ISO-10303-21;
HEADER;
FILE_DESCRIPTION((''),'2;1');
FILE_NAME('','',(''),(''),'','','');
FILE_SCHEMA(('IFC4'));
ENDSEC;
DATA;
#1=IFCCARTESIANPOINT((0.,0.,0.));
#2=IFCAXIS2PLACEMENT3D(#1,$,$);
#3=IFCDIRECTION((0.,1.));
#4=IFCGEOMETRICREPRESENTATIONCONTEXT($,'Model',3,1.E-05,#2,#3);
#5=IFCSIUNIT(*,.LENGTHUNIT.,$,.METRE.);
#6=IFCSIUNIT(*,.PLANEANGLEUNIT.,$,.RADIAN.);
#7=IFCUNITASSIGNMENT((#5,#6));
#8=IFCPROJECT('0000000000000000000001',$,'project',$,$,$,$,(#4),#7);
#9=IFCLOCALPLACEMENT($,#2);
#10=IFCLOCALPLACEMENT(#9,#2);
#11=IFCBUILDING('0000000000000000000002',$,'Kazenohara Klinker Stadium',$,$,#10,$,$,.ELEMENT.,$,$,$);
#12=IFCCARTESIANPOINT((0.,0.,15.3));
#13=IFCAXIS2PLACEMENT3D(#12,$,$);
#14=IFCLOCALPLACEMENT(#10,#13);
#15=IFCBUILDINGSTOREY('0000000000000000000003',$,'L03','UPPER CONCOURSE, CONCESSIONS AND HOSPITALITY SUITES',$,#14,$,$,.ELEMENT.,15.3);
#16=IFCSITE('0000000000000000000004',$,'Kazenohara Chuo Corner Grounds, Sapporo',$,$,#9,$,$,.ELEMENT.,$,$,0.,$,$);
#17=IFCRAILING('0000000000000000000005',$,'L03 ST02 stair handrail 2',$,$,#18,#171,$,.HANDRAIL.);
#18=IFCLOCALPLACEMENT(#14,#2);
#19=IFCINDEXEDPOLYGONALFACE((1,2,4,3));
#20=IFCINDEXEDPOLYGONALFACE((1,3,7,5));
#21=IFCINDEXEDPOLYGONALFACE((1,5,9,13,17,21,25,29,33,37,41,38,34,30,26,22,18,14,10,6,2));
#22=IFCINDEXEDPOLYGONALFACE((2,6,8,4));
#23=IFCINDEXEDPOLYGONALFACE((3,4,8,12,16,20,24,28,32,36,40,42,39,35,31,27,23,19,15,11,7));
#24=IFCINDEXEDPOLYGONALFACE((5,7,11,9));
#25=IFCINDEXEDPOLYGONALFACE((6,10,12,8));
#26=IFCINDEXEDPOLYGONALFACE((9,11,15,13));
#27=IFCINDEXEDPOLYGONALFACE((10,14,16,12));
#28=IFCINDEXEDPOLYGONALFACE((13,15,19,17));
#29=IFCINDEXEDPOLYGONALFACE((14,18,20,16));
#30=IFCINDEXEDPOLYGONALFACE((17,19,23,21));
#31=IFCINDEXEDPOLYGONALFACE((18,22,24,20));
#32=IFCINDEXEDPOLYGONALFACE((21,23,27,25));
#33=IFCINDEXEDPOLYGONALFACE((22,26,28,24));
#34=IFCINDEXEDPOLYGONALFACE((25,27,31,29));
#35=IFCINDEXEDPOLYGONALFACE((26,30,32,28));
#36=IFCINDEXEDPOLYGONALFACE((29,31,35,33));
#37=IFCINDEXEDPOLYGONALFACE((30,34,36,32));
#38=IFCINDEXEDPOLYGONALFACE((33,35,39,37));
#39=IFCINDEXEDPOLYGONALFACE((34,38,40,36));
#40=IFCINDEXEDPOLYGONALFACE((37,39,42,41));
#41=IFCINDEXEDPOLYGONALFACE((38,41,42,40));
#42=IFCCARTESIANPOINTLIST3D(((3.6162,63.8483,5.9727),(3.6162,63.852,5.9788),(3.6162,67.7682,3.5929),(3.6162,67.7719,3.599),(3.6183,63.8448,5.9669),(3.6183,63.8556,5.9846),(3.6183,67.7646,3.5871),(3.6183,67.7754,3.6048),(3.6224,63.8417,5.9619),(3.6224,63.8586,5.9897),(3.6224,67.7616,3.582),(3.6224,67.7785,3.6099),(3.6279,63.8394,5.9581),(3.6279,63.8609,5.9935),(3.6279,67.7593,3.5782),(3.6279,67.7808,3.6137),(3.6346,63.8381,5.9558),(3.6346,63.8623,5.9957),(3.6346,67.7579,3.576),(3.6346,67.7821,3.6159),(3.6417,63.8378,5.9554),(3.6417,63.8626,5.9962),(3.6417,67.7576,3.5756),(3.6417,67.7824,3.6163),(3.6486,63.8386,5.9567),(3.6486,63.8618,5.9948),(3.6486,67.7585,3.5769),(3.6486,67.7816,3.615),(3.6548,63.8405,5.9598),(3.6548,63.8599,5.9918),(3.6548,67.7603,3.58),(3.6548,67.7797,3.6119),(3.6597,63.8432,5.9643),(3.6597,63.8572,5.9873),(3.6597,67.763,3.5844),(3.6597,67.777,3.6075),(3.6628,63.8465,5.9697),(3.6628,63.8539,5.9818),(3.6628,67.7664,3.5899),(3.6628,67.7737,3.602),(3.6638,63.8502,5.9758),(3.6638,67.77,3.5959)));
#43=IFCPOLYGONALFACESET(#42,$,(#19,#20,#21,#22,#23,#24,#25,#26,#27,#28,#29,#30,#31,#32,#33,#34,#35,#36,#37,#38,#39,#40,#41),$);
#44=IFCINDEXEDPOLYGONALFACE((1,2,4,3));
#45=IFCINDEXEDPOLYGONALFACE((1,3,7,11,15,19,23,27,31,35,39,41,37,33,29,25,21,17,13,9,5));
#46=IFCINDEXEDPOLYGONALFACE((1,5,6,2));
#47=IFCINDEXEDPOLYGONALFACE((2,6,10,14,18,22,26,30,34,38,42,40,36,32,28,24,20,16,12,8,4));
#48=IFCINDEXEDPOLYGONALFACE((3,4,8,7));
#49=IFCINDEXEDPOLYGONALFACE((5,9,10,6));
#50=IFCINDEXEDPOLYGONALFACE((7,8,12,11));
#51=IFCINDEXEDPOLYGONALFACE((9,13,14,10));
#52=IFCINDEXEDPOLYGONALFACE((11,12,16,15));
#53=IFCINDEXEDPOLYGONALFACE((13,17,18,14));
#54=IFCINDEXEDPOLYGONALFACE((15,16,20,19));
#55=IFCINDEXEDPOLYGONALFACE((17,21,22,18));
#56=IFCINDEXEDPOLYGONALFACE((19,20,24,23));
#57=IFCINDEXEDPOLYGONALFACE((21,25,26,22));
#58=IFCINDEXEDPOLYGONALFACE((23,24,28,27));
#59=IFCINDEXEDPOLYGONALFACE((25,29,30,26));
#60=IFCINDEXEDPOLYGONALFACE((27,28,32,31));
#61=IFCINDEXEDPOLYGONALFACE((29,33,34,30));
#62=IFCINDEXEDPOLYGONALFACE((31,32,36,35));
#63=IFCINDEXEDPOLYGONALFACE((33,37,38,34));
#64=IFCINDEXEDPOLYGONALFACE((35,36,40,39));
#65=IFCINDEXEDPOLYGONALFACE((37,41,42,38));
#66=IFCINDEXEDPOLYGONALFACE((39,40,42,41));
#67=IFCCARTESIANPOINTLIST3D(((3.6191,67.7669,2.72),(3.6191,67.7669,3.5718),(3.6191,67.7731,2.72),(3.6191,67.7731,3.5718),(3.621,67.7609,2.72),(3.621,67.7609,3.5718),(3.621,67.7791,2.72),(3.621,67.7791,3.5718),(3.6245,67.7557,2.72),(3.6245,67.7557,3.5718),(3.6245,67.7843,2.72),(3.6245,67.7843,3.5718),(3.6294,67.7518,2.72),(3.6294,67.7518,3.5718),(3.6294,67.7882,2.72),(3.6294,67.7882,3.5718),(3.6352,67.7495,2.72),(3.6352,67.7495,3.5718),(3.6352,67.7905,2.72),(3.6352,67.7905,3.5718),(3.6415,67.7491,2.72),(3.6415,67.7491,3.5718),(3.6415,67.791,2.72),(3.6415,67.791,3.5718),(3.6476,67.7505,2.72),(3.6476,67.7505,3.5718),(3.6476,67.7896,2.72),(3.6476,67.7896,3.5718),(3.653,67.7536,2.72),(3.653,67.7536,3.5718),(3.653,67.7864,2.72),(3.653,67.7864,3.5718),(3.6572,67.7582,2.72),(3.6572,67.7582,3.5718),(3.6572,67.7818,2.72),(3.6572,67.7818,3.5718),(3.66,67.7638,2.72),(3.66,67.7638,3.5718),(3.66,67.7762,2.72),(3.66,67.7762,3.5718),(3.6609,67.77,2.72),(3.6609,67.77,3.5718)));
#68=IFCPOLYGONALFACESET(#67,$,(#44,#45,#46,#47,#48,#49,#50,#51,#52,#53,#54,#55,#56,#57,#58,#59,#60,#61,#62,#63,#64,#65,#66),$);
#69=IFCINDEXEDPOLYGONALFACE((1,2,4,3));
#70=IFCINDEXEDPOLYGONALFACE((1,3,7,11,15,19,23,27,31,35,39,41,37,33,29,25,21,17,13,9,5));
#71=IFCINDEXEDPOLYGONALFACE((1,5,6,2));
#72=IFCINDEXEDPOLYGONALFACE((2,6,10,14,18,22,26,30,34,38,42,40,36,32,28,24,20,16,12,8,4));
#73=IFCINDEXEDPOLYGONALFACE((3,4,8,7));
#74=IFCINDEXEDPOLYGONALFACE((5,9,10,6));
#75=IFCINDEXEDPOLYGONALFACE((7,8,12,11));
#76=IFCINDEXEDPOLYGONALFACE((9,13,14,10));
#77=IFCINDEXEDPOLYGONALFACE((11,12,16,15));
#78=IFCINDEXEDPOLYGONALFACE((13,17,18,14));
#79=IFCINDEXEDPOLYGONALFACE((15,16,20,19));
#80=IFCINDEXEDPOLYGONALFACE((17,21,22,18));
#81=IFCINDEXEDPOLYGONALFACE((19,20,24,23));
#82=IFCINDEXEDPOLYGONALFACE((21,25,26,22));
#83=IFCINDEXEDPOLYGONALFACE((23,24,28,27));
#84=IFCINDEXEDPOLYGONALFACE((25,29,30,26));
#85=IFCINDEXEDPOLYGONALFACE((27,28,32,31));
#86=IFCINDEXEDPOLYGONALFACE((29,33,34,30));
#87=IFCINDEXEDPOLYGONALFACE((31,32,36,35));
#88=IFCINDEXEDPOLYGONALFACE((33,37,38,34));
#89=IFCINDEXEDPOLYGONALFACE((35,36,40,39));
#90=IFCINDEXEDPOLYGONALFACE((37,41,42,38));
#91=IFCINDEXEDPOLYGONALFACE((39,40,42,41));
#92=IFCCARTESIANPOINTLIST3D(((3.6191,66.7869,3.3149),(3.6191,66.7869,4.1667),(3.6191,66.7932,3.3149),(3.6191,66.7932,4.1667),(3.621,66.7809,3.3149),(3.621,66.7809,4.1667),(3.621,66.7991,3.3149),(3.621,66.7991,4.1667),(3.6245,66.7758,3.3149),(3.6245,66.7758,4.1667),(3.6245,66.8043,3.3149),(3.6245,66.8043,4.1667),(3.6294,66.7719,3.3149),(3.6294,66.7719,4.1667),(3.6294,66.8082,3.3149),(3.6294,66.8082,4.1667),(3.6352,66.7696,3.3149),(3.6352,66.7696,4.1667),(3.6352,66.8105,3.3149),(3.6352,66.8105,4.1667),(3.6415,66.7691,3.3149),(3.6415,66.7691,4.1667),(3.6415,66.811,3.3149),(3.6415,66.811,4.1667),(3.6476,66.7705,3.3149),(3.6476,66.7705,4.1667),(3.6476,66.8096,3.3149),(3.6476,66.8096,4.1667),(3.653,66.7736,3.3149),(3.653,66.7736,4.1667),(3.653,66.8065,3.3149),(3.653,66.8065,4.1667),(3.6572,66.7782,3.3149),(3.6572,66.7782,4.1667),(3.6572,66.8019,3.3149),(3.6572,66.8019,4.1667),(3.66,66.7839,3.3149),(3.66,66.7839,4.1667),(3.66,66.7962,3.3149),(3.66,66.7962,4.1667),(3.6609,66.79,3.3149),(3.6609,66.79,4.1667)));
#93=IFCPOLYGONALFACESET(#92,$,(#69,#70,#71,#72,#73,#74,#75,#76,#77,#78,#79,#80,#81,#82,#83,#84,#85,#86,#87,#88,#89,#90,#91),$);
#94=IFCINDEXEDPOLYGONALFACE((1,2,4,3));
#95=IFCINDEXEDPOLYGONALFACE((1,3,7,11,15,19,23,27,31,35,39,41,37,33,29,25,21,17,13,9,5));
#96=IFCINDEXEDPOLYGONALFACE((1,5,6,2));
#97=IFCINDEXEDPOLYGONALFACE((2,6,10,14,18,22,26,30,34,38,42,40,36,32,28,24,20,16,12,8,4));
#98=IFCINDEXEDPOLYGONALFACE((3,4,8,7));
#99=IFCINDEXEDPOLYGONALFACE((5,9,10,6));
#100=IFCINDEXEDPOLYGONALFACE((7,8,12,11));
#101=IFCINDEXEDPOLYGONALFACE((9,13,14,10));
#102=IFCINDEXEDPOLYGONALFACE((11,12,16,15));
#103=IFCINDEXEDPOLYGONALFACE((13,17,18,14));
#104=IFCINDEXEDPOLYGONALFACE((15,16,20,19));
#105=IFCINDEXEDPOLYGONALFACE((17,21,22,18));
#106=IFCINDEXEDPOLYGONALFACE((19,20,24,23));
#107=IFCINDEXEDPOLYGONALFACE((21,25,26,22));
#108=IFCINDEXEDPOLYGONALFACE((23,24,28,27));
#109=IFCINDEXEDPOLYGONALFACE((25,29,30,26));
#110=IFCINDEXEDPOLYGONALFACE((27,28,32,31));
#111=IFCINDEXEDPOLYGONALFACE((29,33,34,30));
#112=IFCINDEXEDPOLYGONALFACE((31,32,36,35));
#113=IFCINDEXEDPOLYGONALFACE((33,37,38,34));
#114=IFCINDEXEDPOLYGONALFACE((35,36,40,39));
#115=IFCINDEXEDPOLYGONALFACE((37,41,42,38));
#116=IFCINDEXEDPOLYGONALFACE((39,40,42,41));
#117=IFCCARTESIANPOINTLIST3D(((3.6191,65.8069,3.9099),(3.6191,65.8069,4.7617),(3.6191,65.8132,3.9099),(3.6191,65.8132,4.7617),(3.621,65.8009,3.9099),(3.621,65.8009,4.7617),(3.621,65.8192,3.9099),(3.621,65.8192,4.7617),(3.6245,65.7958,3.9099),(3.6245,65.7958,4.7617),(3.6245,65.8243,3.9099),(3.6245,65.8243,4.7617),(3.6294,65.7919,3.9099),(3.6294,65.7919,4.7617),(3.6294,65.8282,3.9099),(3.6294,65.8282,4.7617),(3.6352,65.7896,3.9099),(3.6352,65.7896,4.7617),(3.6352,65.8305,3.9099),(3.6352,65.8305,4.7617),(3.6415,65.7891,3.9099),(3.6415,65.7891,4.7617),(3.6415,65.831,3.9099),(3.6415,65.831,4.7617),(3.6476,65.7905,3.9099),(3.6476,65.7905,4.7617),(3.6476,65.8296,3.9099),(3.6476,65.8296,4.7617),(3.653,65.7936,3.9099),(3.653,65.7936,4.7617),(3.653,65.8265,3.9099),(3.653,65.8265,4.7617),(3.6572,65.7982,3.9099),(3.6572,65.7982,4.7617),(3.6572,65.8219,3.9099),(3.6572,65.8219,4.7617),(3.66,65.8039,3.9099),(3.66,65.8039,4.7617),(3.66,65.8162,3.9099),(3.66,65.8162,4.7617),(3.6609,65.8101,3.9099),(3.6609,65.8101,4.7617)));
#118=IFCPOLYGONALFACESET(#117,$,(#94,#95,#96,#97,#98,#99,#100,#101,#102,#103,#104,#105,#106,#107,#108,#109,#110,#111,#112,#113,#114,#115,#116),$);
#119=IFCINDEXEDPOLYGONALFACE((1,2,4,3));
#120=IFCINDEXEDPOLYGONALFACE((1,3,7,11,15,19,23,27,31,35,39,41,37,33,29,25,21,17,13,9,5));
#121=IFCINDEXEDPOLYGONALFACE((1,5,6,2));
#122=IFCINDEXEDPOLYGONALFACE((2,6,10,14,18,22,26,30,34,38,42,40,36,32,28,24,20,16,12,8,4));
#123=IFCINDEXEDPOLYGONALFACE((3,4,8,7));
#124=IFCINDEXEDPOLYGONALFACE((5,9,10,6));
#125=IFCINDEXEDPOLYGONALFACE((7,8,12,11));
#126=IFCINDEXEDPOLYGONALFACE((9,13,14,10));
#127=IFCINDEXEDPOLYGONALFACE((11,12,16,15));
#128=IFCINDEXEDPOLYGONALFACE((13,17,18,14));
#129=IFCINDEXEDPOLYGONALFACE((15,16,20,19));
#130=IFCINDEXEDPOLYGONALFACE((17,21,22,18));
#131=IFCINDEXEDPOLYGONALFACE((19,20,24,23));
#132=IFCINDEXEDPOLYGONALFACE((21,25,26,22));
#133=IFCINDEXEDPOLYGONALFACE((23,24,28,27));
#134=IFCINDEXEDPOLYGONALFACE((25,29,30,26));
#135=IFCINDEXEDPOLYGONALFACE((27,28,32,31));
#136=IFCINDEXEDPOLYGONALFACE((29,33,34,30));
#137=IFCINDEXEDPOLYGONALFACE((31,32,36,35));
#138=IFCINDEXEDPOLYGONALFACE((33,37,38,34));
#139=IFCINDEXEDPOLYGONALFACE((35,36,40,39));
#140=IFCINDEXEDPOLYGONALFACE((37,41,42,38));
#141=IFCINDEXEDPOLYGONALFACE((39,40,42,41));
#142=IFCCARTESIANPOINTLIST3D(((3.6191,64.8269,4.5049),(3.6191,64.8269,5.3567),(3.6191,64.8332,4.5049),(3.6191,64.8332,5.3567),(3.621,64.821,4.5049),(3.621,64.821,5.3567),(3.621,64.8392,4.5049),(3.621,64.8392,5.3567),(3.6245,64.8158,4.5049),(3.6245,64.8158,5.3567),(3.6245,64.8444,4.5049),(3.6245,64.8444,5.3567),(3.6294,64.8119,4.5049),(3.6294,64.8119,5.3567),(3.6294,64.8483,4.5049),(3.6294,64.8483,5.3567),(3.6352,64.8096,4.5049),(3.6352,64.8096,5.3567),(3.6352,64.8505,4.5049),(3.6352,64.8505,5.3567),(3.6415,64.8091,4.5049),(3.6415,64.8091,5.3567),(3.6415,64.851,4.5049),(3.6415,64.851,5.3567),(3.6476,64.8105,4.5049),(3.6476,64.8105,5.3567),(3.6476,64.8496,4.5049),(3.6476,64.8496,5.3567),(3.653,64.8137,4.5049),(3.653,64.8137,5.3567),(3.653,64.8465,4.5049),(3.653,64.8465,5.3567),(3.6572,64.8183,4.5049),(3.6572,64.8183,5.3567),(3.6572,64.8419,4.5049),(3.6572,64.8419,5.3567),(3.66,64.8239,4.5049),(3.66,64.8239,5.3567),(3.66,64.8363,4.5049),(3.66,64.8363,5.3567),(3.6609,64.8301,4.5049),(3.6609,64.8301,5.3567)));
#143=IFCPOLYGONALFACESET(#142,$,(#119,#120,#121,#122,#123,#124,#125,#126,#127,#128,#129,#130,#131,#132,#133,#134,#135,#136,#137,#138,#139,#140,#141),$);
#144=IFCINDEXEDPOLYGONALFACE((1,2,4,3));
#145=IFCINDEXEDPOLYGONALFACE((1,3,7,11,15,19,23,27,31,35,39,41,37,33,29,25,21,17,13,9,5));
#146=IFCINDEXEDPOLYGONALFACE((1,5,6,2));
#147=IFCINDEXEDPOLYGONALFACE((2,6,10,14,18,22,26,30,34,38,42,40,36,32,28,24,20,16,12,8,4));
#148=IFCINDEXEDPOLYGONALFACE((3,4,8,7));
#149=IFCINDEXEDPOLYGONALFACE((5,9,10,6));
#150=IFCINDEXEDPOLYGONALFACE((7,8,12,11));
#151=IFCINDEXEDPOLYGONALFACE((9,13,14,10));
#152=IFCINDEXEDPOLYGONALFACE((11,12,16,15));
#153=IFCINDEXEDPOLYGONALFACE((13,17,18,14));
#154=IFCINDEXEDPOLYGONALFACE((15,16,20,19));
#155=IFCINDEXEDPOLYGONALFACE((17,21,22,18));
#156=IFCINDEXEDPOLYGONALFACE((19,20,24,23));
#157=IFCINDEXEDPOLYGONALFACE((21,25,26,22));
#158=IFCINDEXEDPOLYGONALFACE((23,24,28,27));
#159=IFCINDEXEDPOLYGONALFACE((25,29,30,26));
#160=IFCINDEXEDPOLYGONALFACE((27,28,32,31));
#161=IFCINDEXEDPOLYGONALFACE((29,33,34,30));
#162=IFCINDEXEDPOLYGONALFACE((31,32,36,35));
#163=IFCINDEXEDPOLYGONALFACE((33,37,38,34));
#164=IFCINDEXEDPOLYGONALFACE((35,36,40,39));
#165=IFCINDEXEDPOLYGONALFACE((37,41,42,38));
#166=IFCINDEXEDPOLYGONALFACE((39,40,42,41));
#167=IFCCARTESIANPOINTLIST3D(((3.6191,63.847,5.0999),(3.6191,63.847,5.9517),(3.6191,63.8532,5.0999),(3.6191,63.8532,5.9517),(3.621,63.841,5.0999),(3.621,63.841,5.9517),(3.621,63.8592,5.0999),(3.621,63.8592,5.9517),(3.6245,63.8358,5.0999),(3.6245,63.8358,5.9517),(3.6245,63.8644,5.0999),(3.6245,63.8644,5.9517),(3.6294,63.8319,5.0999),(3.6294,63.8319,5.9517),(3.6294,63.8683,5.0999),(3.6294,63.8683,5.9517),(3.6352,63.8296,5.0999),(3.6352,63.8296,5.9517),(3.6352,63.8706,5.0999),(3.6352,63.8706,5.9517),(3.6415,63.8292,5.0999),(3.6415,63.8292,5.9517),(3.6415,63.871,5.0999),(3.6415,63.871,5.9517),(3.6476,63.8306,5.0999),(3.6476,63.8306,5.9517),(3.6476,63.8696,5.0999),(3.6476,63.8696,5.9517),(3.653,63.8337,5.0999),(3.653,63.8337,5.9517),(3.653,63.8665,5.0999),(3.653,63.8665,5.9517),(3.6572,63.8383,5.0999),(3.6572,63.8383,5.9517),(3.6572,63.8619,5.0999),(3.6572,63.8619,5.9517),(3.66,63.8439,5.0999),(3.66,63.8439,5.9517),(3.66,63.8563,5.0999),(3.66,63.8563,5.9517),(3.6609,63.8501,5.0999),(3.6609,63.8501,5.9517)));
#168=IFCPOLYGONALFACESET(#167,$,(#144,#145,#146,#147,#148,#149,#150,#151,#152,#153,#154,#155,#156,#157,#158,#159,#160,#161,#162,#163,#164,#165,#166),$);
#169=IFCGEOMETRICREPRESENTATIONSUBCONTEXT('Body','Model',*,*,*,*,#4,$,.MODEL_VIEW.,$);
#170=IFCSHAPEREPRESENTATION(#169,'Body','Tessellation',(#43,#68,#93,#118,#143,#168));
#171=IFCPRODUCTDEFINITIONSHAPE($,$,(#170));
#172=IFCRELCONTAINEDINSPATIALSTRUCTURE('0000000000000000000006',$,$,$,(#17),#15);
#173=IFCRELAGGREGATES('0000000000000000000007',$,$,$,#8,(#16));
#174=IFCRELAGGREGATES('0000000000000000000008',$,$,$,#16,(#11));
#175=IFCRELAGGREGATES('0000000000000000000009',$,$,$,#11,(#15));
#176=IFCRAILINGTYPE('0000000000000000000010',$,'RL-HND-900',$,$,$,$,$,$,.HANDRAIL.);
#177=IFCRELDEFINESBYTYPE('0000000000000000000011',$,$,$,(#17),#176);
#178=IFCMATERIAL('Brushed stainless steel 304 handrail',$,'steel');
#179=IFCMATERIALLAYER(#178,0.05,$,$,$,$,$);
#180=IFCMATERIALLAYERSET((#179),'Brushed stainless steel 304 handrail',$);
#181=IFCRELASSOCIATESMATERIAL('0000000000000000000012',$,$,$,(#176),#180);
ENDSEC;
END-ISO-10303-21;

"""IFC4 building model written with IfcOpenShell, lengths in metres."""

from ifc_helpers import new_model, si_unit, direction, frame, origin, origin_2d, place, context, subcontext, project, spatial, circle, extrude, material, layer, layer_set, type_object, element, save


model = new_model("IFC4")

# Units and contexts
model_context = context("Model", 3, precision=1e-05, world=origin(), true_north=direction((0.0, 1.0)))
body_context = subcontext(model_context, "Body", "Model", "MODEL_VIEW")
ifc_project = project(units=[si_unit("LENGTHUNIT", "METRE"), si_unit("PLANEANGLEUNIT", "RADIAN")], contexts=[model_context])

# Site, building, storey
site_placement = place(None, origin())
site = spatial("IfcSite", under=ifc_project, at=site_placement, Name="Kazenohara Chuo Corner Grounds, Sapporo", CompositionType="ELEMENT", RefElevation=0.0)
building_placement = place(site_placement, origin())
building = spatial("IfcBuilding", under=site, at=building_placement, Name="Kazenohara Klinker Stadium", CompositionType="ELEMENT")
storey_placement = place(building_placement, frame((0.0, 0.0, 15.3)))
storey = spatial("IfcBuildingStorey", under=building, at=storey_placement, Name="L03", Description="UPPER CONCOURSE, CONCESSIONS AND HOSPITALITY SUITES", CompositionType="ELEMENT", Elevation=15.3)

# Railing
ifc_material_1 = material(Name="Brushed stainless steel 304 handrail", Category="steel")
ifc_layer_1 = layer(ifc_material_1, 0.05)
ifc_layer_set_1 = layer_set([ifc_layer_1], Name="Brushed stainless steel 304 handrail")
railing_type = type_object("IfcRailingType", Name="RL-HND-900", PredefinedType="HANDRAIL", material=ifc_layer_set_1)
railing_placement = place(storey_placement, frame((3.6399, 67.77, 2.72)))
element("IfcRailing", 1, at=railing_placement, inside=storey, type_object=railing_type, Name="L03 ST02 stair handrail 2", PredefinedType="HANDRAIL", context=body_context, shape_type="SweptSolid", body=[
    extrude(circle(Radius=0.0239, at=origin_2d()), frame((0.0, 0.0, 0.876), z_axis=(0.0, -0.854794, 0.518967), x_axis=(1.0, 0.0, 0.0)), (0.0, 0.0, 1.0), 4.5857),
    extrude(circle(Radius=0.021, at=origin_2d()), origin(), (0.0, 0.0, 1.0), 0.8518),
    extrude(circle(Radius=0.021, at=origin_2d()), frame((0.0, -0.98, 0.595)), (0.0, 0.0, 1.0), 0.8518),
    extrude(circle(Radius=0.021, at=origin_2d()), frame((0.0, -1.96, 1.1899)), (0.0, 0.0, 1.0), 0.8518),
    extrude(circle(Radius=0.021, at=origin_2d()), frame((0.0, -2.9399, 1.7849)), (0.0, 0.0, 1.0), 0.8518),
    extrude(circle(Radius=0.021, at=origin_2d()), frame((0.0, -3.9199, 2.3799)), (0.0, 0.0, 1.0), 0.8518),
])

save(model, "model.ifc")
